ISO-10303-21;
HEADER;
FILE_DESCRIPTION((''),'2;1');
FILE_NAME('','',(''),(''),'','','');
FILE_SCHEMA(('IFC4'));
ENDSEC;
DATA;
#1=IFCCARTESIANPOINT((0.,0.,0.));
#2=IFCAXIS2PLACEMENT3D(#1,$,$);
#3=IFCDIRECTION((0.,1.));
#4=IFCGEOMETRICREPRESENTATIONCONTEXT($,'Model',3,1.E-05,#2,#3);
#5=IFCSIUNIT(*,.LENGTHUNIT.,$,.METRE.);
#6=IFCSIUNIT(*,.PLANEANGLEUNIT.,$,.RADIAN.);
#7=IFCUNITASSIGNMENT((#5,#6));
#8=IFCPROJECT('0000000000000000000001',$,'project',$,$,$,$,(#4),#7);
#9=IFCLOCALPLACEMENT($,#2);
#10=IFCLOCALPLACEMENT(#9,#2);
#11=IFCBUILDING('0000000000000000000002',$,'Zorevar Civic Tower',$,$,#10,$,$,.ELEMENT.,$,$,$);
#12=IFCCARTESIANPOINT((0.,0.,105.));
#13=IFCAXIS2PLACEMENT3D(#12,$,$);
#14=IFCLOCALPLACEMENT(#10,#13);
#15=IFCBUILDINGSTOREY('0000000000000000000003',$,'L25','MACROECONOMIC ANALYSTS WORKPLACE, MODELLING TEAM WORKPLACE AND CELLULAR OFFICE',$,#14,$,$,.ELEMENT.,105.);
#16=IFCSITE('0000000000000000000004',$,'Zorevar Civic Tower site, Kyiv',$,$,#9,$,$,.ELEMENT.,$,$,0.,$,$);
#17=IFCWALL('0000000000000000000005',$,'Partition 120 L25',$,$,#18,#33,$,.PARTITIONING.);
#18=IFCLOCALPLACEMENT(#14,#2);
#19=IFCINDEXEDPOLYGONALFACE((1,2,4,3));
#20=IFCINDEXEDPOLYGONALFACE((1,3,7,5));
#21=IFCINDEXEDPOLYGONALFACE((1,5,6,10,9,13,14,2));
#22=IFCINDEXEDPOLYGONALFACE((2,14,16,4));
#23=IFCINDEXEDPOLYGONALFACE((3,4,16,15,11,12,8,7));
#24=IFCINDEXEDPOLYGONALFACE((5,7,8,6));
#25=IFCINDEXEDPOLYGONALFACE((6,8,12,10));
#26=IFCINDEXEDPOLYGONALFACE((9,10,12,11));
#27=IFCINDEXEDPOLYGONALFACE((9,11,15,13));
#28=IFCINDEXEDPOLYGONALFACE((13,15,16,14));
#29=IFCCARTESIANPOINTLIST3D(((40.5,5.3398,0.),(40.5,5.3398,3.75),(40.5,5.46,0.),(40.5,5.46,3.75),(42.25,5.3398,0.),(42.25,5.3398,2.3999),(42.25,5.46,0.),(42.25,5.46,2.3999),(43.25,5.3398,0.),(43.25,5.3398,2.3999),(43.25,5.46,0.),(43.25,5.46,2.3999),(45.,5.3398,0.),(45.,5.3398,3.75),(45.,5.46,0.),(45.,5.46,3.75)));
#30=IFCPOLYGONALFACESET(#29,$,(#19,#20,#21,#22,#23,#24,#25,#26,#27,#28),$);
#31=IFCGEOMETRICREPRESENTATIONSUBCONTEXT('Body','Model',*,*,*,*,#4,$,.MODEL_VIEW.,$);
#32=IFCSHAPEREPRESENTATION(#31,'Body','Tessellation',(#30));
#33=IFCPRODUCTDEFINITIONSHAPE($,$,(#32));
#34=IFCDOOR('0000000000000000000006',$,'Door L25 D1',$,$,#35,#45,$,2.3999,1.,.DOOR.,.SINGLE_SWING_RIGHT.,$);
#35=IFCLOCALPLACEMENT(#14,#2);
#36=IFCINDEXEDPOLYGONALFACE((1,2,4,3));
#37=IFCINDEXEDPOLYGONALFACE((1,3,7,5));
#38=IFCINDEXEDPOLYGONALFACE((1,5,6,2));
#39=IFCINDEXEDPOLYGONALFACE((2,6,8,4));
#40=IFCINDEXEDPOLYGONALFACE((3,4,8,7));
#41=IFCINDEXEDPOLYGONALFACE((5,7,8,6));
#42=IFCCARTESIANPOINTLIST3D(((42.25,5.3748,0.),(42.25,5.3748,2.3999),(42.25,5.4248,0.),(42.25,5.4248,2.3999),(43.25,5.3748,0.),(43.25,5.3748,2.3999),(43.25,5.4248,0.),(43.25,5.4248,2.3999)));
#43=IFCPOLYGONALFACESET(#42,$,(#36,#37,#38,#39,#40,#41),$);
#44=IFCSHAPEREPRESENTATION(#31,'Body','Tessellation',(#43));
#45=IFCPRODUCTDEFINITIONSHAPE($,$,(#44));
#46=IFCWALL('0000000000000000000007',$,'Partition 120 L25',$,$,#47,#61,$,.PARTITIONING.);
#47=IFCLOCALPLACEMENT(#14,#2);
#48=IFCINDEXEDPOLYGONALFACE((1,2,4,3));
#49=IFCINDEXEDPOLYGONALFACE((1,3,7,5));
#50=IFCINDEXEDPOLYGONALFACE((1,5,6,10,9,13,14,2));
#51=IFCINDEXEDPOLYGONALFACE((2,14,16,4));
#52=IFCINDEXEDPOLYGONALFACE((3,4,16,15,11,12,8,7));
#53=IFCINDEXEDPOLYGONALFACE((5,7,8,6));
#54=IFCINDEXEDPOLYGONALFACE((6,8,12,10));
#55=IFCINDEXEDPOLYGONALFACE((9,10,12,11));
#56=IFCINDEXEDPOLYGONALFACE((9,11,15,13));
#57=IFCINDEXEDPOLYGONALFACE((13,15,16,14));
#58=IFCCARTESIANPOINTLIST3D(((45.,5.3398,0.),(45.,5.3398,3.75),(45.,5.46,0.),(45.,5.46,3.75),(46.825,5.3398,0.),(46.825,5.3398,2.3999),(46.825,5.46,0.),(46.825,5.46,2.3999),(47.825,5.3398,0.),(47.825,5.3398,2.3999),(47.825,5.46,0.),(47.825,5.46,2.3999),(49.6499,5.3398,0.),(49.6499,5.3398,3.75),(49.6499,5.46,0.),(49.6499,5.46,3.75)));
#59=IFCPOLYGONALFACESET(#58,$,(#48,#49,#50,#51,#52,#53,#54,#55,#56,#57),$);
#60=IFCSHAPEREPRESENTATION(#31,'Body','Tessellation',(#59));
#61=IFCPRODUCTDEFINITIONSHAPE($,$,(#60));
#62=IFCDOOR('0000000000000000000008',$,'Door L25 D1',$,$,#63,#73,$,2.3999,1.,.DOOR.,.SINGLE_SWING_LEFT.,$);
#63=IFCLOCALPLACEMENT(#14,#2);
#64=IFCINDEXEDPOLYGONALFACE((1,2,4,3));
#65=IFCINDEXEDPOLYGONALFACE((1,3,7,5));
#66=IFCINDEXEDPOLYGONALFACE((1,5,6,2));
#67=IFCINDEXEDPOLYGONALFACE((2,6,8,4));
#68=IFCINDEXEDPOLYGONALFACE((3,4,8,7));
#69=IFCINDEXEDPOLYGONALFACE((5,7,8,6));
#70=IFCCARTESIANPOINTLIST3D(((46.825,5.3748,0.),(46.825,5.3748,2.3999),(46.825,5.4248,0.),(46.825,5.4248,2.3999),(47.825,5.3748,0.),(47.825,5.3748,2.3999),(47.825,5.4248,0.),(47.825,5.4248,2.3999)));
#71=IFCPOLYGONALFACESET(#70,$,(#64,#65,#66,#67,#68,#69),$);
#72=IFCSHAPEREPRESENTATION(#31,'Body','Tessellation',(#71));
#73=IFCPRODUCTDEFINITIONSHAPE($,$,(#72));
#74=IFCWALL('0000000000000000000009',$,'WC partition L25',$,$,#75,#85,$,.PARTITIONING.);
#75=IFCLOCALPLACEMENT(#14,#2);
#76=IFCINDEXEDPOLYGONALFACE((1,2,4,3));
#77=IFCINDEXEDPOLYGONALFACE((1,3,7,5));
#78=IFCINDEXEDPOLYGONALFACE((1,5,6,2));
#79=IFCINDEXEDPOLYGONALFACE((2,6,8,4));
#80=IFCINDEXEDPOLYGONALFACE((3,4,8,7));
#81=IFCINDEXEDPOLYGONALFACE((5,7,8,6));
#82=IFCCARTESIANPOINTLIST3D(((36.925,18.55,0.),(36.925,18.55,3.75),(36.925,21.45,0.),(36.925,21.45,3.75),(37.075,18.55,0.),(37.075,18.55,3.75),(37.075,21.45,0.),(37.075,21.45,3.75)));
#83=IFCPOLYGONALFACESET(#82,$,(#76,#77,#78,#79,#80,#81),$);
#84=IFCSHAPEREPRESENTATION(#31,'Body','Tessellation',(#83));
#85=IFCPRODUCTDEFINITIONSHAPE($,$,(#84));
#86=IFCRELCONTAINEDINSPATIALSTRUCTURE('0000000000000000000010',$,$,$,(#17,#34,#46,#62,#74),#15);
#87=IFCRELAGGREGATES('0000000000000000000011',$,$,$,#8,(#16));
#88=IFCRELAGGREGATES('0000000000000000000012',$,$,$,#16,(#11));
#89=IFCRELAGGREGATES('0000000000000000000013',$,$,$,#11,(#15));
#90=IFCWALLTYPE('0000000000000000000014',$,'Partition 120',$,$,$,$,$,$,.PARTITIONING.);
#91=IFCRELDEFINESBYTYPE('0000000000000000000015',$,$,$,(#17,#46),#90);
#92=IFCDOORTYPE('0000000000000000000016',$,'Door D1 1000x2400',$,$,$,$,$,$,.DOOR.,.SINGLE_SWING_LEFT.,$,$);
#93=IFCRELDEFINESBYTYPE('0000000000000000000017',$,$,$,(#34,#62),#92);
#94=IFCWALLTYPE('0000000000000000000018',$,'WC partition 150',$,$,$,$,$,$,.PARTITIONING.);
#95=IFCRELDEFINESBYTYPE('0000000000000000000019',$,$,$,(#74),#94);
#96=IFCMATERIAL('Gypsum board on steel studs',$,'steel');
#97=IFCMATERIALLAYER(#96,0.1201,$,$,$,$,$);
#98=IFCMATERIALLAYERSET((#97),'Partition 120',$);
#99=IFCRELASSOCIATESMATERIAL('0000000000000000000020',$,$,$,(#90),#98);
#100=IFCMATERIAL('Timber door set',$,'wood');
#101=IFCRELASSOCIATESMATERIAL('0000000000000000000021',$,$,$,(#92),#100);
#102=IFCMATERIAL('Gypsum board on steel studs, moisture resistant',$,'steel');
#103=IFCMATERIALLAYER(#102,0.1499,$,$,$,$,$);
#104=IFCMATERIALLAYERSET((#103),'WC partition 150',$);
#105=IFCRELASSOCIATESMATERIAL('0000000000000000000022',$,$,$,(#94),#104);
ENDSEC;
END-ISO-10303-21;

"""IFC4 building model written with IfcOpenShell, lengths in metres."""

from ifc_helpers import new_model, si_unit, direction, frame, frame_2d, origin, place, context, subcontext, project, spatial, rectangle, extrude, material, layer, layer_set, type_object, element, fill, save


model = new_model("IFC4")

# Units and contexts
model_context = context("Model", 3, precision=1e-05, world=origin(), true_north=direction((0.0, 1.0)))
body_context = subcontext(model_context, "Body", "Model", "MODEL_VIEW")
ifc_project = project(units=[si_unit("LENGTHUNIT", "METRE"), si_unit("PLANEANGLEUNIT", "RADIAN")], contexts=[model_context])

# Site, building, storey
site_placement = place(None, origin())
site = spatial("IfcSite", under=ifc_project, at=site_placement, Name="Zorevar Civic Tower site, Kyiv", CompositionType="ELEMENT", RefElevation=0.0)
building_placement = place(site_placement, origin())
building = spatial("IfcBuilding", under=site, at=building_placement, Name="Zorevar Civic Tower", CompositionType="ELEMENT")
storey_placement = place(building_placement, frame((0.0, 0.0, 105.0)))
storey = spatial("IfcBuildingStorey", under=building, at=storey_placement, Name="L25", Description="MACROECONOMIC ANALYSTS WORKPLACE, MODELLING TEAM WORKPLACE AND CELLULAR OFFICE", CompositionType="ELEMENT", Elevation=105.0)

# Walls, openings, doors
ifc_material_1 = material(Name="Gypsum board on steel studs", Category="steel")
ifc_layer_1 = layer(ifc_material_1, 0.1201)
ifc_layer_set_1 = layer_set([ifc_layer_1], Name="Partition 120")
wall_type_1 = type_object("IfcWallType", Name="Partition 120", PredefinedType="PARTITIONING", material=ifc_layer_set_1)
wall_1_placement = place(storey_placement, frame((40.5, 5.3999, 0.0), z_axis=(0.0, 0.0, 1.0), x_axis=(1.0, 0.0, 0.0)))
wall_1 = element("IfcWall", 1, at=wall_1_placement, inside=storey, type_object=wall_type_1, Name="Partition 120 L25", PredefinedType="PARTITIONING", context=body_context, shape_type="SweptSolid", body=[
    extrude(rectangle(XDim=4.5, YDim=0.1201, at=frame_2d((2.25, 0.0))), origin(), (0.0, 0.0, 1.0), 3.75),
])
opening_1_placement = place(wall_1_placement, frame((1.75, 0.0, 0.0)))
opening_1 = element("IfcOpeningElement", 2, at=opening_1_placement, cuts=wall_1, PredefinedType="OPENING", context=body_context, shape_type="SweptSolid", body=[
    extrude(rectangle(XDim=1.0, YDim=2.3999, at=frame_2d((0.5, 1.2))), frame((0.0, 0.0701, 0.0), z_axis=(0.0, -1.0, 0.0), x_axis=(1.0, 0.0, 0.0)), (0.0, 0.0, 1.0), 0.1401),
])
ifc_material_2 = material(Name="Timber door set", Category="wood")
door_type_1 = type_object("IfcDoorType", Name="Door D1 1000x2400", OperationType="SINGLE_SWING_LEFT", PredefinedType="DOOR", material=ifc_material_2)
door_1_placement = place(opening_1_placement, origin())
door_1 = element("IfcDoor", 3, at=door_1_placement, inside=storey, type_object=door_type_1, Name="Door L25 D1", OperationType="SINGLE_SWING_RIGHT", OverallHeight=2.3999, OverallWidth=1.0, PredefinedType="DOOR", context=body_context, shape_type="SweptSolid", body=[
    extrude(rectangle(XDim=1.0, YDim=2.3999, at=frame_2d((0.5, 1.2))), frame((0.0, 0.0249, 0.0), z_axis=(0.0, -1.0, 0.0), x_axis=(1.0, 0.0, 0.0)), (0.0, 0.0, 1.0), 0.05),
])
fill(opening_1, door_1)
wall_2_placement = place(storey_placement, frame((45.0, 5.3999, 0.0), z_axis=(0.0, 0.0, 1.0), x_axis=(1.0, 0.0, 0.0)))
wall_2 = element("IfcWall", 4, at=wall_2_placement, inside=storey, type_object=wall_type_1, Name="Partition 120 L25", PredefinedType="PARTITIONING", context=body_context, shape_type="SweptSolid", body=[
    extrude(rectangle(XDim=4.6499, YDim=0.1201, at=frame_2d((2.325, 0.0))), origin(), (0.0, 0.0, 1.0), 3.75),
])
opening_2_placement = place(wall_2_placement, frame((1.825, 0.0, 0.0)))
opening_2 = element("IfcOpeningElement", 5, at=opening_2_placement, cuts=wall_2, PredefinedType="OPENING", context=body_context, shape_type="SweptSolid", body=[
    extrude(rectangle(XDim=1.0, YDim=2.3999, at=frame_2d((0.5, 1.2))), frame((0.0, 0.0701, 0.0), z_axis=(0.0, -1.0, 0.0), x_axis=(1.0, 0.0, 0.0)), (0.0, 0.0, 1.0), 0.1401),
])
door_2_placement = place(opening_2_placement, origin())
door_2 = element("IfcDoor", 6, at=door_2_placement, inside=storey, type_object=door_type_1, Name="Door L25 D1", OperationType="SINGLE_SWING_LEFT", OverallHeight=2.3999, OverallWidth=1.0, PredefinedType="DOOR", context=body_context, shape_type="SweptSolid", body=[
    extrude(rectangle(XDim=1.0, YDim=2.3999, at=frame_2d((0.5, 1.2))), frame((0.0, 0.0249, 0.0), z_axis=(0.0, -1.0, 0.0), x_axis=(1.0, 0.0, 0.0)), (0.0, 0.0, 1.0), 0.05),
])
fill(opening_2, door_2)

# Wall
ifc_material_3 = material(Name="Gypsum board on steel studs, moisture resistant", Category="steel")
ifc_layer_2 = layer(ifc_material_3, 0.1499)
ifc_layer_set_2 = layer_set([ifc_layer_2], Name="WC partition 150")
wall_type_2 = type_object("IfcWallType", Name="WC partition 150", PredefinedType="PARTITIONING", material=ifc_layer_set_2)
wall_3_placement = place(storey_placement, frame((37.0, 18.55, 0.0), z_axis=(0.0, 0.0, 1.0), x_axis=(0.0, 1.0, 0.0)))
element("IfcWall", 7, at=wall_3_placement, inside=storey, type_object=wall_type_2, Name="WC partition L25", PredefinedType="PARTITIONING", context=body_context, shape_type="SweptSolid", body=[
    extrude(rectangle(XDim=2.8999, YDim=0.1499, at=frame_2d((1.45, 0.0))), origin(), (0.0, 0.0, 1.0), 3.75),
])

save(model, "model.ifc")
